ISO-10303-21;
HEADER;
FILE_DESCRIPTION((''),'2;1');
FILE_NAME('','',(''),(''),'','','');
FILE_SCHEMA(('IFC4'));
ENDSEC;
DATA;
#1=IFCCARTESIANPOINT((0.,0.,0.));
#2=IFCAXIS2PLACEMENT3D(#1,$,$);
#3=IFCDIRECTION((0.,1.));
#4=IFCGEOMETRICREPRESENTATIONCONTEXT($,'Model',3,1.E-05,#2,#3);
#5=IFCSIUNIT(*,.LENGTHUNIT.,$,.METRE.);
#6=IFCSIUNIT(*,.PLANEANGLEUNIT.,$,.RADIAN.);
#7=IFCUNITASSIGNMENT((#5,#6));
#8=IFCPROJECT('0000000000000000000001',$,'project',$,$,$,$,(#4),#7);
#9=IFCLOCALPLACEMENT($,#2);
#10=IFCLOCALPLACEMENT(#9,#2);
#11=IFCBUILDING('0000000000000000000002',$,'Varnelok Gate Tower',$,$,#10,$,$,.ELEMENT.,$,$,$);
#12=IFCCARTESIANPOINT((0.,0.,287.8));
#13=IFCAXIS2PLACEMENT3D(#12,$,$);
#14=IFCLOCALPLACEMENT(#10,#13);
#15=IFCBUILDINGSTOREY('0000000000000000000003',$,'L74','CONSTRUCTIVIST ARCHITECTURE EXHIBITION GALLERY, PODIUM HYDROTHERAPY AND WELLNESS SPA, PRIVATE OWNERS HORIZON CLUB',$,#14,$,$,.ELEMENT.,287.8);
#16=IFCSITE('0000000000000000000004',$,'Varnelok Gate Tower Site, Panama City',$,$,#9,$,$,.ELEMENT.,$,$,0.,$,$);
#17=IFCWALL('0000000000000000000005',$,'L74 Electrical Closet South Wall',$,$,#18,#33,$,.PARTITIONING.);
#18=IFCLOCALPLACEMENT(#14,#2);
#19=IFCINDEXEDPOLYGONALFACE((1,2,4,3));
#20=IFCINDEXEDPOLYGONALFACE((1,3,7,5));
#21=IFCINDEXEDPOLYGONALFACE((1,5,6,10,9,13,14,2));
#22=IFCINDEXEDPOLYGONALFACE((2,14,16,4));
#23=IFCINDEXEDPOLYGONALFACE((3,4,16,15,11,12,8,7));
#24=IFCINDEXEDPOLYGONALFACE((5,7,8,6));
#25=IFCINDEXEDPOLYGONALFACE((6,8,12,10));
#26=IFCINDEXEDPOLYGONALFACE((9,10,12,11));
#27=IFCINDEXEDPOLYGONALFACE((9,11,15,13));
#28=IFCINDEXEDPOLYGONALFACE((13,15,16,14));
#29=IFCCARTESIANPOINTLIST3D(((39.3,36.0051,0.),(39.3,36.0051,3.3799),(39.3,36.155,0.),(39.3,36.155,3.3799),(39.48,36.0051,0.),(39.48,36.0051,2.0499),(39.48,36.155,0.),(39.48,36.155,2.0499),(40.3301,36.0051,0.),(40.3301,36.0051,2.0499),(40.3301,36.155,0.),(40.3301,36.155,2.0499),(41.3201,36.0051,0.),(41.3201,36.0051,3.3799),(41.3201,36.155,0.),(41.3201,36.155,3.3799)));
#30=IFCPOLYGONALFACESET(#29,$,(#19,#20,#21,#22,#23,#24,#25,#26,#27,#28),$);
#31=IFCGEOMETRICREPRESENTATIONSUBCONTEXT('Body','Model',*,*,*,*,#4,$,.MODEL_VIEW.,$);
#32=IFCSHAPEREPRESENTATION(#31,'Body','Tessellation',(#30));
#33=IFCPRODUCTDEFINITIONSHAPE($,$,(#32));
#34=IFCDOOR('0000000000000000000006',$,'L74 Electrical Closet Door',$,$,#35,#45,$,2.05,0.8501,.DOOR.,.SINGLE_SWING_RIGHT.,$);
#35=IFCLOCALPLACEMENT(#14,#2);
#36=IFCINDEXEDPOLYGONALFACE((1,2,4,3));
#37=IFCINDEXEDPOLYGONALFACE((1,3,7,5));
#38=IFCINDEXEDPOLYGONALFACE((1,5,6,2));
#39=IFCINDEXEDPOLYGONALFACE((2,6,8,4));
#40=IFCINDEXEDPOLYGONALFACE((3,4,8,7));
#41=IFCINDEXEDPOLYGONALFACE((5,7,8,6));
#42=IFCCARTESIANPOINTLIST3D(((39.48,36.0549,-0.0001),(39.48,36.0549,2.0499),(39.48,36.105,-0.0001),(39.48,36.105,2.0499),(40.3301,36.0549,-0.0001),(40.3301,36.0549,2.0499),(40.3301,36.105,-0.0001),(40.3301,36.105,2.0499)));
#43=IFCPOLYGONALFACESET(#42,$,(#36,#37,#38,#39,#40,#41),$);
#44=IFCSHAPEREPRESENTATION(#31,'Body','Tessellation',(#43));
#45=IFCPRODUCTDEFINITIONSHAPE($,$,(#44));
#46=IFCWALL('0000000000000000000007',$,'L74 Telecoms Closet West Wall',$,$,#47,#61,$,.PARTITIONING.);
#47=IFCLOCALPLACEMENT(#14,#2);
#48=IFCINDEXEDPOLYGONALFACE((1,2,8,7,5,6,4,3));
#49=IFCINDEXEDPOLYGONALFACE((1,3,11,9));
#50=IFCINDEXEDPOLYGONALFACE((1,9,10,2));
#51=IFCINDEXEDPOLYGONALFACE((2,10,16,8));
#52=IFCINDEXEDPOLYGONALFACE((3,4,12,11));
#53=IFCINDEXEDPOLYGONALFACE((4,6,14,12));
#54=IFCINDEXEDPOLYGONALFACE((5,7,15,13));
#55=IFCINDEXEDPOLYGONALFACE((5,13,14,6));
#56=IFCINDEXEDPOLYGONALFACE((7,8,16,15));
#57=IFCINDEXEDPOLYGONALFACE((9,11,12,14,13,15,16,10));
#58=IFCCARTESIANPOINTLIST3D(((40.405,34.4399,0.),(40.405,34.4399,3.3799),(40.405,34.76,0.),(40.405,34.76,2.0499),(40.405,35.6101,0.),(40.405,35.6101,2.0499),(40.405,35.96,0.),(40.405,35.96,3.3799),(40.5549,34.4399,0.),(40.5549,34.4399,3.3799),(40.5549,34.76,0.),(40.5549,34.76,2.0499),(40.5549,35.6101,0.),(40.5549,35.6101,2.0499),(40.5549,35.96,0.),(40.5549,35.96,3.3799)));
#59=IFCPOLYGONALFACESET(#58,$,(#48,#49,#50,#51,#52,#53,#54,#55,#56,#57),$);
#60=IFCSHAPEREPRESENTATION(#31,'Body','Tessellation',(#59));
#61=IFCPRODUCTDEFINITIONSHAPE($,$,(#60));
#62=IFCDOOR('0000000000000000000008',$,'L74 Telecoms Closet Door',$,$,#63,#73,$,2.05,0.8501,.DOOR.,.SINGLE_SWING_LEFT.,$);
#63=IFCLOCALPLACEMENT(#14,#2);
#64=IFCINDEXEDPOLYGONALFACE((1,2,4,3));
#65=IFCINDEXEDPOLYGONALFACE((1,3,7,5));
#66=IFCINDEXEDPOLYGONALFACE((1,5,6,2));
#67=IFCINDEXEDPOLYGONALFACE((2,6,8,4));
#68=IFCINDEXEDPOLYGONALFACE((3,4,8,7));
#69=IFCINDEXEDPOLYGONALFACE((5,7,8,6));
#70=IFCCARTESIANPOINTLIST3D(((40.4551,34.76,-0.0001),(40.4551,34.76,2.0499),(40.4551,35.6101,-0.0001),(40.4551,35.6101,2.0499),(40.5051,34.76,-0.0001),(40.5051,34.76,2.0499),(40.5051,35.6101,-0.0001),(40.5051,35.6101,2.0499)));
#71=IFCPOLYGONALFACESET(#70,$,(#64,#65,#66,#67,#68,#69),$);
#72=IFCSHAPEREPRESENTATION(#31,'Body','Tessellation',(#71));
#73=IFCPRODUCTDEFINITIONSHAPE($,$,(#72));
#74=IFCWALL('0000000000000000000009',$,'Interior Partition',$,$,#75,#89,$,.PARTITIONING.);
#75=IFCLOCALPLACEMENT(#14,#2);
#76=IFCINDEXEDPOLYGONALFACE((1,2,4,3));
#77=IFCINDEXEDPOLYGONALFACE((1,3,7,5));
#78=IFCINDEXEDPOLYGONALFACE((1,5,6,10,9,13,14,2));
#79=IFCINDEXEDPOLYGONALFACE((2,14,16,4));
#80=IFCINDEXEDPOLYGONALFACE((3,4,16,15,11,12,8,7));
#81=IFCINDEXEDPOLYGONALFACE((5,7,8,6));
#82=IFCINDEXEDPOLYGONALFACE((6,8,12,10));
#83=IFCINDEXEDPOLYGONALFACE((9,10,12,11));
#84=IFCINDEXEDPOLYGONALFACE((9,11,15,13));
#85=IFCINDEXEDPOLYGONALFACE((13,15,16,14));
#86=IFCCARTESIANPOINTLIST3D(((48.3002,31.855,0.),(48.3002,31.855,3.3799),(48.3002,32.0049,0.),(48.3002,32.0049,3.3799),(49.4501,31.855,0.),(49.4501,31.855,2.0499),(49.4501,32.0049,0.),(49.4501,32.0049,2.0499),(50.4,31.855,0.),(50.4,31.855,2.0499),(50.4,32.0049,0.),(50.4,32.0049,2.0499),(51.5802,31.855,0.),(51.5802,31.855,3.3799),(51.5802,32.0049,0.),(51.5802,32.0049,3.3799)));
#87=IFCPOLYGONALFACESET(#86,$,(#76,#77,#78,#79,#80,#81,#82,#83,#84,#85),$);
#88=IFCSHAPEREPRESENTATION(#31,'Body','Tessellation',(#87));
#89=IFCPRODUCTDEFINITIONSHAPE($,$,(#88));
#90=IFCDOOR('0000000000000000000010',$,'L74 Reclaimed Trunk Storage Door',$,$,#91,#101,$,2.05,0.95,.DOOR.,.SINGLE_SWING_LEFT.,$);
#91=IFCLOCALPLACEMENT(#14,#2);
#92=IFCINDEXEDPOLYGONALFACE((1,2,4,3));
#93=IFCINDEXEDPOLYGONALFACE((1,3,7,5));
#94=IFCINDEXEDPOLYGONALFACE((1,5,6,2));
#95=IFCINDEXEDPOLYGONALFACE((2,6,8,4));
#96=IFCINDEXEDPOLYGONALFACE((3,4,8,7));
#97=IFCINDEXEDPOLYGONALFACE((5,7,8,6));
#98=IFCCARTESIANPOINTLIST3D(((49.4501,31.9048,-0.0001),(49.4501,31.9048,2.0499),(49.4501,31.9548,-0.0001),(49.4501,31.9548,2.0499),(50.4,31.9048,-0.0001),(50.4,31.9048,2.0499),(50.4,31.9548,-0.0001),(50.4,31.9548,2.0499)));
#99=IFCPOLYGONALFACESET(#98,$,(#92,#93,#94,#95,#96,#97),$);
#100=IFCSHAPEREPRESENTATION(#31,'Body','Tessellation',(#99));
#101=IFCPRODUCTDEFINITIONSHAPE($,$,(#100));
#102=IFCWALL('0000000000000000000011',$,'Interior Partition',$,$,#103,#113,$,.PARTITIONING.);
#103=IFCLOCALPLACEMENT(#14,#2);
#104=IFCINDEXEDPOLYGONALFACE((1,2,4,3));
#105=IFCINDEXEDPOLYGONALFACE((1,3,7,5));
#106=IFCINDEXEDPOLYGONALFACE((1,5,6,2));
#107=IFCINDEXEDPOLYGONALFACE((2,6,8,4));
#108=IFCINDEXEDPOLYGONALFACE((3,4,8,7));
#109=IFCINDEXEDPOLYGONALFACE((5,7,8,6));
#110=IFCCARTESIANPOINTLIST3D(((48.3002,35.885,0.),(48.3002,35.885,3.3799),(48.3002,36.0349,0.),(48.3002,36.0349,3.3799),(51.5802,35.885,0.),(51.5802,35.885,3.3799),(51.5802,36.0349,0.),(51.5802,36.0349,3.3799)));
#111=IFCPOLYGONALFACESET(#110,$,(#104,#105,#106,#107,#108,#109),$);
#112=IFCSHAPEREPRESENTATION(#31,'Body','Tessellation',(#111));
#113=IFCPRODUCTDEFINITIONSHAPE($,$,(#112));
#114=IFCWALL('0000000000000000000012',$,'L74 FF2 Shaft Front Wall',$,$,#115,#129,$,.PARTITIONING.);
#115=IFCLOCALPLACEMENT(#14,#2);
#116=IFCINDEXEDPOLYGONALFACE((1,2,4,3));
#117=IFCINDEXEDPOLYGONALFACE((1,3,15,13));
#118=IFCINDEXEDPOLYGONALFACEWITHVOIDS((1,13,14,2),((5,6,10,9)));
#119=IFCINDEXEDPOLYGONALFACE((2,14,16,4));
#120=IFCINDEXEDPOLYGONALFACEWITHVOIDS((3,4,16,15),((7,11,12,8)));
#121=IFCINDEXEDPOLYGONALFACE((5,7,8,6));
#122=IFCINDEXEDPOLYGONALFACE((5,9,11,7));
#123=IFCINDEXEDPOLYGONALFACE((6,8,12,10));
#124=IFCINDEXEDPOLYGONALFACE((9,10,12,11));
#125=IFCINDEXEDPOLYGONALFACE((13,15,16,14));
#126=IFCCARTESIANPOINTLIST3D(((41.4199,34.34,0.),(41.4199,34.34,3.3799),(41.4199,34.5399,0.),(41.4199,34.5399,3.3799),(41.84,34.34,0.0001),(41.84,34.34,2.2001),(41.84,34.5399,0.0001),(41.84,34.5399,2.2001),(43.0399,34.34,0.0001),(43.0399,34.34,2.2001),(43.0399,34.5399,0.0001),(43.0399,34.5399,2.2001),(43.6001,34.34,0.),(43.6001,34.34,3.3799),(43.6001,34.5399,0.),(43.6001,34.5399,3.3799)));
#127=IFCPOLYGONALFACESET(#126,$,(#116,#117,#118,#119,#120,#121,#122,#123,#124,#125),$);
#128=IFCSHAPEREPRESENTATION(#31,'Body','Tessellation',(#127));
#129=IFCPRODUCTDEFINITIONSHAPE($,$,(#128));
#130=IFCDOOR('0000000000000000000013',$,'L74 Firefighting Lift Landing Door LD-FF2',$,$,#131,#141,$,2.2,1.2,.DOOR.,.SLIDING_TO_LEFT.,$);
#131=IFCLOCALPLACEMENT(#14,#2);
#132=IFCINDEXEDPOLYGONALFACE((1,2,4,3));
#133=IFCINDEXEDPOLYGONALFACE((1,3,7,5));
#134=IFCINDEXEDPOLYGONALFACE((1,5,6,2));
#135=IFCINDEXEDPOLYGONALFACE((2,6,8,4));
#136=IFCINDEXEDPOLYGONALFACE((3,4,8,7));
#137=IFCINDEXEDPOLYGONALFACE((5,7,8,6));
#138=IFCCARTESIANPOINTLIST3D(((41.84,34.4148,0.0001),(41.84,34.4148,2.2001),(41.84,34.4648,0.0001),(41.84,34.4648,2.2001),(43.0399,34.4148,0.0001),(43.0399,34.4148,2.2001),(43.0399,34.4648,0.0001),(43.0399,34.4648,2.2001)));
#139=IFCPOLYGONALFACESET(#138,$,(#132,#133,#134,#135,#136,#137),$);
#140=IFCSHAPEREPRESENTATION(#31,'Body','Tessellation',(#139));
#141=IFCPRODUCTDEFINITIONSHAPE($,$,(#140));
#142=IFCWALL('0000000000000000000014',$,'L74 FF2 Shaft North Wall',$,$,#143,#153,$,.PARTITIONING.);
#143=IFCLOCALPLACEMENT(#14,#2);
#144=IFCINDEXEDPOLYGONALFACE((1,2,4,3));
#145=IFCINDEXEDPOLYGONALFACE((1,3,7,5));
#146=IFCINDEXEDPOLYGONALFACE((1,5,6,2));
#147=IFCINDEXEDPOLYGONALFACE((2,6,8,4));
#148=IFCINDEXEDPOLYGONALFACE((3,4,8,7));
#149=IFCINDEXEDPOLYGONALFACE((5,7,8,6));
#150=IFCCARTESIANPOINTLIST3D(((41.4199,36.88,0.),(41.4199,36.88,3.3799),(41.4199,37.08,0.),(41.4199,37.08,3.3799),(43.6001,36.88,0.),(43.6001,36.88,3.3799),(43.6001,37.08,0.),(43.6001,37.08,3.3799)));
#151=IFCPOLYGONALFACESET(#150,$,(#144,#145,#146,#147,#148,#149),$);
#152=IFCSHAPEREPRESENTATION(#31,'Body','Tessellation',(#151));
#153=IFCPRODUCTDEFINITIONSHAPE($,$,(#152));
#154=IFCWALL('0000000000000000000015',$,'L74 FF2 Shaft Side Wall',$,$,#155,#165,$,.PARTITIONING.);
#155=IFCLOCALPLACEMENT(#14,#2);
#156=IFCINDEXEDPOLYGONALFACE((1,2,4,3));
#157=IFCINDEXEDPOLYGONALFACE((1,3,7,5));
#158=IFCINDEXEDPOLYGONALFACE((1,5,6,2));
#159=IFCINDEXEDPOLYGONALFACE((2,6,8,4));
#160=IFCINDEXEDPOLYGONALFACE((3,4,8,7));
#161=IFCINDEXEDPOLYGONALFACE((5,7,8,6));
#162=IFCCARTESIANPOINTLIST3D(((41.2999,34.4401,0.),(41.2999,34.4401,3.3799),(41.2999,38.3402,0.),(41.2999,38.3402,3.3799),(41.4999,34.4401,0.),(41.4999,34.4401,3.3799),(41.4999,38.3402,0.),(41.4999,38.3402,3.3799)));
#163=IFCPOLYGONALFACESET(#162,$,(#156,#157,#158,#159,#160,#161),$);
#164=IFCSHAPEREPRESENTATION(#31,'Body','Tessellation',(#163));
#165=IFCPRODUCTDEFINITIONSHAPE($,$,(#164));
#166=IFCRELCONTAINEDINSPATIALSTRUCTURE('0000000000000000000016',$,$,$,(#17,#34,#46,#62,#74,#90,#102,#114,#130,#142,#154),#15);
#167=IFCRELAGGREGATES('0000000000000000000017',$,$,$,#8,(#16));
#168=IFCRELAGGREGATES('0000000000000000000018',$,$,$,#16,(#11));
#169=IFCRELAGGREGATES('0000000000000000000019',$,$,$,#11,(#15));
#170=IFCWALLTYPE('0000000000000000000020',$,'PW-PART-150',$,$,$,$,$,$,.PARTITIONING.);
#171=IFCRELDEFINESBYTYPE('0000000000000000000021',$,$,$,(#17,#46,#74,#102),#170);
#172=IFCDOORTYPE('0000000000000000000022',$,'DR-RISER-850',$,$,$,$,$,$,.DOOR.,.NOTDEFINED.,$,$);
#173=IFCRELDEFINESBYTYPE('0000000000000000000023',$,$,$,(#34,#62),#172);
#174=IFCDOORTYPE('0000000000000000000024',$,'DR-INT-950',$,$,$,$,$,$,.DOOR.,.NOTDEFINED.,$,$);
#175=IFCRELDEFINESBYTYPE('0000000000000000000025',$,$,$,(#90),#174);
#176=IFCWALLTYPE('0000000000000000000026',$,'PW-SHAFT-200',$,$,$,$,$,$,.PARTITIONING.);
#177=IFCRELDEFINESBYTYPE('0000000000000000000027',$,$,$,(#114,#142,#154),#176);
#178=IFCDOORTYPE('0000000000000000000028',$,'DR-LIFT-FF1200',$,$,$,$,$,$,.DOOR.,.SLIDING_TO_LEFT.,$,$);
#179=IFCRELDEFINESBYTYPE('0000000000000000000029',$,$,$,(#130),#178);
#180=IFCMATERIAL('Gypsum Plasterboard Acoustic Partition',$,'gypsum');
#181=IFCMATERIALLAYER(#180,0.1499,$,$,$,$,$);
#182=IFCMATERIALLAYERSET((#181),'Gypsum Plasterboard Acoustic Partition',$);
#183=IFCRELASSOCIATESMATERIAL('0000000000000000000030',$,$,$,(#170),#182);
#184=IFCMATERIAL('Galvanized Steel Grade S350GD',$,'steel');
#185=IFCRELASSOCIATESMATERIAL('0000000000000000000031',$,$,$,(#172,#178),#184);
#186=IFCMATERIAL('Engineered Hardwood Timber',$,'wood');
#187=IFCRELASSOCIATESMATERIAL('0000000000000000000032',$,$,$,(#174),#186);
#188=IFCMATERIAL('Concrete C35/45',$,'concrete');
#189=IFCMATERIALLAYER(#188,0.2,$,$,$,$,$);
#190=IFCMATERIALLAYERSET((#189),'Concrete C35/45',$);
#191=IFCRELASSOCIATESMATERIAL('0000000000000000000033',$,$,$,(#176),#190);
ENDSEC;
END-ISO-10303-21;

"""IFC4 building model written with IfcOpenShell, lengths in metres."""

from ifc_helpers import new_model, si_unit, direction, frame, frame_2d, origin, place, context, subcontext, project, spatial, rectangle, extrude, material, layer, layer_set, type_object, element, fill, save


model = new_model("IFC4")

# Units and contexts
model_context = context("Model", 3, precision=1e-05, world=origin(), true_north=direction((0.0, 1.0)))
body_context = subcontext(model_context, "Body", "Model", "MODEL_VIEW")
ifc_project = project(units=[si_unit("LENGTHUNIT", "METRE"), si_unit("PLANEANGLEUNIT", "RADIAN")], contexts=[model_context])

# Site, building, storey
site_placement = place(None, origin())
site = spatial("IfcSite", under=ifc_project, at=site_placement, Name="Varnelok Gate Tower Site, Panama City", CompositionType="ELEMENT", RefElevation=0.0)
building_placement = place(site_placement, origin())
building = spatial("IfcBuilding", under=site, at=building_placement, Name="Varnelok Gate Tower", CompositionType="ELEMENT")
storey_placement = place(building_placement, frame((0.0, 0.0, 287.8)))
storey = spatial("IfcBuildingStorey", under=building, at=storey_placement, Name="L74", Description="CONSTRUCTIVIST ARCHITECTURE EXHIBITION GALLERY, PODIUM HYDROTHERAPY AND WELLNESS SPA, PRIVATE OWNERS HORIZON CLUB", CompositionType="ELEMENT", Elevation=287.8)

# Shared definitions
ifc_material_1 = material(Name="Gypsum Plasterboard Acoustic Partition", Category="gypsum")

# Walls, openings, doors
ifc_layer_1 = layer(ifc_material_1, 0.1499)
ifc_layer_set_1 = layer_set([ifc_layer_1], Name="Gypsum Plasterboard Acoustic Partition")
wall_type_1 = type_object("IfcWallType", Name="PW-PART-150", PredefinedType="PARTITIONING", material=ifc_layer_set_1)
wall_1_placement = place(storey_placement, frame((39.3, 36.0801, 0.0), z_axis=(0.0, 0.0, 1.0), x_axis=(1.0, 0.0, 0.0)))
wall_1 = element("IfcWall", 1, at=wall_1_placement, inside=storey, type_object=wall_type_1, Name="L74 Electrical Closet South Wall", PredefinedType="PARTITIONING", context=body_context, shape_type="SweptSolid", body=[
    extrude(rectangle(XDim=2.02, YDim=0.1499, at=frame_2d((1.01, 0.0))), origin(), (0.0, 0.0, 1.0), 3.3799),
])
opening_1_placement = place(wall_1_placement, frame((0.1799, 0.0, 0.0)))
opening_1 = element("IfcOpeningElement", 2, at=opening_1_placement, cuts=wall_1, PredefinedType="OPENING", context=body_context, shape_type="SweptSolid", body=[
    extrude(rectangle(XDim=0.8501, YDim=2.05, at=frame_2d((0.425, 1.0249))), frame((0.0, 0.085, 0.0), z_axis=(0.0, -1.0, 0.0), x_axis=(1.0, 0.0, 0.0)), (0.0, 0.0, 1.0), 0.1699),
])
ifc_material_2 = material(Name="Galvanized Steel Grade S350GD", Category="steel")
door_type_1 = type_object("IfcDoorType", Name="DR-RISER-850", OperationType="NOTDEFINED", PredefinedType="DOOR", material=ifc_material_2)
door_1_placement = place(opening_1_placement, origin())
door_1 = element("IfcDoor", 3, at=door_1_placement, inside=storey, type_object=door_type_1, Name="L74 Electrical Closet Door", OperationType="SINGLE_SWING_RIGHT", OverallHeight=2.05, OverallWidth=0.8501, PredefinedType="DOOR", context=body_context, shape_type="SweptSolid", body=[
    extrude(rectangle(XDim=0.8501, YDim=2.05, at=frame_2d((0.425, 1.0249))), frame((0.0, 0.0249, 0.0), z_axis=(0.0, -1.0, 0.0), x_axis=(1.0, 0.0, 0.0)), (0.0, 0.0, 1.0), 0.05),
])
fill(opening_1, door_1)
wall_2_placement = place(storey_placement, frame((40.48, 34.4399, 0.0), z_axis=(0.0, 0.0, 1.0), x_axis=(0.0, 1.0, 0.0)))
wall_2 = element("IfcWall", 4, at=wall_2_placement, inside=storey, type_object=wall_type_1, Name="L74 Telecoms Closet West Wall", PredefinedType="PARTITIONING", context=body_context, shape_type="SweptSolid", body=[
    extrude(rectangle(XDim=1.52, YDim=0.1499, at=frame_2d((0.76, 0.0))), origin(), (0.0, 0.0, 1.0), 3.3799),
])
opening_2_placement = place(wall_2_placement, frame((0.3201, 0.0, 0.0)))
opening_2 = element("IfcOpeningElement", 5, at=opening_2_placement, cuts=wall_2, PredefinedType="OPENING", context=body_context, shape_type="SweptSolid", body=[
    extrude(rectangle(XDim=0.8501, YDim=2.05, at=frame_2d((0.425, 1.0249))), frame((0.0, 0.085, 0.0), z_axis=(0.0, -1.0, 0.0), x_axis=(1.0, 0.0, 0.0)), (0.0, 0.0, 1.0), 0.1699),
])
door_2_placement = place(opening_2_placement, origin())
door_2 = element("IfcDoor", 6, at=door_2_placement, inside=storey, type_object=door_type_1, Name="L74 Telecoms Closet Door", OperationType="SINGLE_SWING_LEFT", OverallHeight=2.05, OverallWidth=0.8501, PredefinedType="DOOR", context=body_context, shape_type="SweptSolid", body=[
    extrude(rectangle(XDim=0.8501, YDim=2.05, at=frame_2d((0.425, 1.0249))), frame((0.0, 0.0249, 0.0), z_axis=(0.0, -1.0, 0.0), x_axis=(1.0, 0.0, 0.0)), (0.0, 0.0, 1.0), 0.05),
])
fill(opening_2, door_2)
wall_3_placement = place(storey_placement, frame((48.3, 31.9299, 0.0), z_axis=(0.0, 0.0, 1.0), x_axis=(1.0, 0.0, 0.0)))
wall_3 = element("IfcWall", 7, at=wall_3_placement, inside=storey, type_object=wall_type_1, Name="Interior Partition", PredefinedType="PARTITIONING", context=body_context, shape_type="SweptSolid", body=[
    extrude(rectangle(XDim=3.28, YDim=0.1499, at=frame_2d((1.6401, 0.0))), origin(), (0.0, 0.0, 1.0), 3.3799),
])
opening_3_placement = place(wall_3_placement, frame((1.1499, 0.0, 0.0)))
opening_3 = element("IfcOpeningElement", 8, at=opening_3_placement, cuts=wall_3, PredefinedType="OPENING", context=body_context, shape_type="SweptSolid", body=[
    extrude(rectangle(XDim=0.95, YDim=2.05, at=frame_2d((0.4751, 1.0249))), frame((0.0, 0.085, 0.0), z_axis=(0.0, -1.0, 0.0), x_axis=(1.0, 0.0, 0.0)), (0.0, 0.0, 1.0), 0.1699),
])
ifc_material_3 = material(Name="Engineered Hardwood Timber", Category="wood")
door_type_2 = type_object("IfcDoorType", Name="DR-INT-950", OperationType="NOTDEFINED", PredefinedType="DOOR", material=ifc_material_3)
door_3_placement = place(opening_3_placement, origin())
door_3 = element("IfcDoor", 9, at=door_3_placement, inside=storey, type_object=door_type_2, Name="L74 Reclaimed Trunk Storage Door", OperationType="SINGLE_SWING_LEFT", OverallHeight=2.05, OverallWidth=0.95, PredefinedType="DOOR", context=body_context, shape_type="SweptSolid", body=[
    extrude(rectangle(XDim=0.95, YDim=2.05, at=frame_2d((0.4751, 1.0249))), frame((0.0, 0.0249, 0.0), z_axis=(0.0, -1.0, 0.0), x_axis=(1.0, 0.0, 0.0)), (0.0, 0.0, 1.0), 0.05),
])
fill(opening_3, door_3)

# Wall
wall_4_placement = place(storey_placement, frame((48.3, 35.96, 0.0), z_axis=(0.0, 0.0, 1.0), x_axis=(1.0, 0.0, 0.0)))
element("IfcWall", 10, at=wall_4_placement, inside=storey, type_object=wall_type_1, Name="Interior Partition", PredefinedType="PARTITIONING", context=body_context, shape_type="SweptSolid", body=[
    extrude(rectangle(XDim=3.28, YDim=0.1499, at=frame_2d((1.6401, 0.0))), origin(), (0.0, 0.0, 1.0), 3.3799),
])

# Wall, opening, door
ifc_material_4 = material(Name="Concrete C35/45", Category="concrete")
ifc_layer_2 = layer(ifc_material_4, 0.2)
ifc_layer_set_2 = layer_set([ifc_layer_2], Name="Concrete C35/45")
wall_type_2 = type_object("IfcWallType", Name="PW-SHAFT-200", PredefinedType="PARTITIONING", material=ifc_layer_set_2)
wall_5_placement = place(storey_placement, frame((41.4199, 34.4399, 0.0), z_axis=(0.0, 0.0, 1.0), x_axis=(1.0, 0.0, 0.0)))
wall_5 = element("IfcWall", 11, at=wall_5_placement, inside=storey, type_object=wall_type_2, Name="L74 FF2 Shaft Front Wall", PredefinedType="PARTITIONING", context=body_context, shape_type="SweptSolid", body=[
    extrude(rectangle(XDim=2.1802, YDim=0.2, at=frame_2d((1.0901, 0.0))), origin(), (0.0, 0.0, 1.0), 3.3799),
])
opening_4_placement = place(wall_5_placement, frame((0.4199, 0.0, 0.0)))
opening_4 = element("IfcOpeningElement", 12, at=opening_4_placement, cuts=wall_5, PredefinedType="OPENING", context=body_context, shape_type="SweptSolid", body=[
    extrude(rectangle(XDim=1.2, YDim=2.2, at=frame_2d((0.6001, 1.1001))), frame((0.0, 0.1099, 0.0), z_axis=(0.0, -1.0, 0.0), x_axis=(1.0, 0.0, 0.0)), (0.0, 0.0, 1.0), 0.22),
])
door_type_3 = type_object("IfcDoorType", Name="DR-LIFT-FF1200", OperationType="SLIDING_TO_LEFT", PredefinedType="DOOR", material=ifc_material_2)
door_4_placement = place(opening_4_placement, origin())
door_4 = element("IfcDoor", 13, at=door_4_placement, inside=storey, type_object=door_type_3, Name="L74 Firefighting Lift Landing Door LD-FF2", OperationType="SLIDING_TO_LEFT", OverallHeight=2.2, OverallWidth=1.2, PredefinedType="DOOR", context=body_context, shape_type="SweptSolid", body=[
    extrude(rectangle(XDim=1.2, YDim=2.2, at=frame_2d((0.6001, 1.1001))), frame((0.0, 0.0249, 0.0), z_axis=(0.0, -1.0, 0.0), x_axis=(1.0, 0.0, 0.0)), (0.0, 0.0, 1.0), 0.05),
])
fill(opening_4, door_4)

# Walls
wall_6_placement = place(storey_placement, frame((41.4199, 36.98, 0.0), z_axis=(0.0, 0.0, 1.0), x_axis=(1.0, 0.0, 0.0)))
element("IfcWall", 14, at=wall_6_placement, inside=storey, type_object=wall_type_2, Name="L74 FF2 Shaft North Wall", PredefinedType="PARTITIONING", context=body_context, shape_type="SweptSolid", body=[
    extrude(rectangle(XDim=2.1802, YDim=0.2, at=frame_2d((1.0901, 0.0))), origin(), (0.0, 0.0, 1.0), 3.3799),
])
wall_7_placement = place(storey_placement, frame((41.3999, 34.4399, 0.0), z_axis=(0.0, 0.0, 1.0), x_axis=(0.0, 1.0, 0.0)))
element("IfcWall", 15, at=wall_7_placement, inside=storey, type_object=wall_type_2, Name="L74 FF2 Shaft Side Wall", PredefinedType="PARTITIONING", context=body_context, shape_type="SweptSolid", body=[
    extrude(rectangle(XDim=3.9001, YDim=0.2, at=frame_2d((1.9502, 0.0))), origin(), (0.0, 0.0, 1.0), 3.3799),
])

save(model, "model.ifc")
